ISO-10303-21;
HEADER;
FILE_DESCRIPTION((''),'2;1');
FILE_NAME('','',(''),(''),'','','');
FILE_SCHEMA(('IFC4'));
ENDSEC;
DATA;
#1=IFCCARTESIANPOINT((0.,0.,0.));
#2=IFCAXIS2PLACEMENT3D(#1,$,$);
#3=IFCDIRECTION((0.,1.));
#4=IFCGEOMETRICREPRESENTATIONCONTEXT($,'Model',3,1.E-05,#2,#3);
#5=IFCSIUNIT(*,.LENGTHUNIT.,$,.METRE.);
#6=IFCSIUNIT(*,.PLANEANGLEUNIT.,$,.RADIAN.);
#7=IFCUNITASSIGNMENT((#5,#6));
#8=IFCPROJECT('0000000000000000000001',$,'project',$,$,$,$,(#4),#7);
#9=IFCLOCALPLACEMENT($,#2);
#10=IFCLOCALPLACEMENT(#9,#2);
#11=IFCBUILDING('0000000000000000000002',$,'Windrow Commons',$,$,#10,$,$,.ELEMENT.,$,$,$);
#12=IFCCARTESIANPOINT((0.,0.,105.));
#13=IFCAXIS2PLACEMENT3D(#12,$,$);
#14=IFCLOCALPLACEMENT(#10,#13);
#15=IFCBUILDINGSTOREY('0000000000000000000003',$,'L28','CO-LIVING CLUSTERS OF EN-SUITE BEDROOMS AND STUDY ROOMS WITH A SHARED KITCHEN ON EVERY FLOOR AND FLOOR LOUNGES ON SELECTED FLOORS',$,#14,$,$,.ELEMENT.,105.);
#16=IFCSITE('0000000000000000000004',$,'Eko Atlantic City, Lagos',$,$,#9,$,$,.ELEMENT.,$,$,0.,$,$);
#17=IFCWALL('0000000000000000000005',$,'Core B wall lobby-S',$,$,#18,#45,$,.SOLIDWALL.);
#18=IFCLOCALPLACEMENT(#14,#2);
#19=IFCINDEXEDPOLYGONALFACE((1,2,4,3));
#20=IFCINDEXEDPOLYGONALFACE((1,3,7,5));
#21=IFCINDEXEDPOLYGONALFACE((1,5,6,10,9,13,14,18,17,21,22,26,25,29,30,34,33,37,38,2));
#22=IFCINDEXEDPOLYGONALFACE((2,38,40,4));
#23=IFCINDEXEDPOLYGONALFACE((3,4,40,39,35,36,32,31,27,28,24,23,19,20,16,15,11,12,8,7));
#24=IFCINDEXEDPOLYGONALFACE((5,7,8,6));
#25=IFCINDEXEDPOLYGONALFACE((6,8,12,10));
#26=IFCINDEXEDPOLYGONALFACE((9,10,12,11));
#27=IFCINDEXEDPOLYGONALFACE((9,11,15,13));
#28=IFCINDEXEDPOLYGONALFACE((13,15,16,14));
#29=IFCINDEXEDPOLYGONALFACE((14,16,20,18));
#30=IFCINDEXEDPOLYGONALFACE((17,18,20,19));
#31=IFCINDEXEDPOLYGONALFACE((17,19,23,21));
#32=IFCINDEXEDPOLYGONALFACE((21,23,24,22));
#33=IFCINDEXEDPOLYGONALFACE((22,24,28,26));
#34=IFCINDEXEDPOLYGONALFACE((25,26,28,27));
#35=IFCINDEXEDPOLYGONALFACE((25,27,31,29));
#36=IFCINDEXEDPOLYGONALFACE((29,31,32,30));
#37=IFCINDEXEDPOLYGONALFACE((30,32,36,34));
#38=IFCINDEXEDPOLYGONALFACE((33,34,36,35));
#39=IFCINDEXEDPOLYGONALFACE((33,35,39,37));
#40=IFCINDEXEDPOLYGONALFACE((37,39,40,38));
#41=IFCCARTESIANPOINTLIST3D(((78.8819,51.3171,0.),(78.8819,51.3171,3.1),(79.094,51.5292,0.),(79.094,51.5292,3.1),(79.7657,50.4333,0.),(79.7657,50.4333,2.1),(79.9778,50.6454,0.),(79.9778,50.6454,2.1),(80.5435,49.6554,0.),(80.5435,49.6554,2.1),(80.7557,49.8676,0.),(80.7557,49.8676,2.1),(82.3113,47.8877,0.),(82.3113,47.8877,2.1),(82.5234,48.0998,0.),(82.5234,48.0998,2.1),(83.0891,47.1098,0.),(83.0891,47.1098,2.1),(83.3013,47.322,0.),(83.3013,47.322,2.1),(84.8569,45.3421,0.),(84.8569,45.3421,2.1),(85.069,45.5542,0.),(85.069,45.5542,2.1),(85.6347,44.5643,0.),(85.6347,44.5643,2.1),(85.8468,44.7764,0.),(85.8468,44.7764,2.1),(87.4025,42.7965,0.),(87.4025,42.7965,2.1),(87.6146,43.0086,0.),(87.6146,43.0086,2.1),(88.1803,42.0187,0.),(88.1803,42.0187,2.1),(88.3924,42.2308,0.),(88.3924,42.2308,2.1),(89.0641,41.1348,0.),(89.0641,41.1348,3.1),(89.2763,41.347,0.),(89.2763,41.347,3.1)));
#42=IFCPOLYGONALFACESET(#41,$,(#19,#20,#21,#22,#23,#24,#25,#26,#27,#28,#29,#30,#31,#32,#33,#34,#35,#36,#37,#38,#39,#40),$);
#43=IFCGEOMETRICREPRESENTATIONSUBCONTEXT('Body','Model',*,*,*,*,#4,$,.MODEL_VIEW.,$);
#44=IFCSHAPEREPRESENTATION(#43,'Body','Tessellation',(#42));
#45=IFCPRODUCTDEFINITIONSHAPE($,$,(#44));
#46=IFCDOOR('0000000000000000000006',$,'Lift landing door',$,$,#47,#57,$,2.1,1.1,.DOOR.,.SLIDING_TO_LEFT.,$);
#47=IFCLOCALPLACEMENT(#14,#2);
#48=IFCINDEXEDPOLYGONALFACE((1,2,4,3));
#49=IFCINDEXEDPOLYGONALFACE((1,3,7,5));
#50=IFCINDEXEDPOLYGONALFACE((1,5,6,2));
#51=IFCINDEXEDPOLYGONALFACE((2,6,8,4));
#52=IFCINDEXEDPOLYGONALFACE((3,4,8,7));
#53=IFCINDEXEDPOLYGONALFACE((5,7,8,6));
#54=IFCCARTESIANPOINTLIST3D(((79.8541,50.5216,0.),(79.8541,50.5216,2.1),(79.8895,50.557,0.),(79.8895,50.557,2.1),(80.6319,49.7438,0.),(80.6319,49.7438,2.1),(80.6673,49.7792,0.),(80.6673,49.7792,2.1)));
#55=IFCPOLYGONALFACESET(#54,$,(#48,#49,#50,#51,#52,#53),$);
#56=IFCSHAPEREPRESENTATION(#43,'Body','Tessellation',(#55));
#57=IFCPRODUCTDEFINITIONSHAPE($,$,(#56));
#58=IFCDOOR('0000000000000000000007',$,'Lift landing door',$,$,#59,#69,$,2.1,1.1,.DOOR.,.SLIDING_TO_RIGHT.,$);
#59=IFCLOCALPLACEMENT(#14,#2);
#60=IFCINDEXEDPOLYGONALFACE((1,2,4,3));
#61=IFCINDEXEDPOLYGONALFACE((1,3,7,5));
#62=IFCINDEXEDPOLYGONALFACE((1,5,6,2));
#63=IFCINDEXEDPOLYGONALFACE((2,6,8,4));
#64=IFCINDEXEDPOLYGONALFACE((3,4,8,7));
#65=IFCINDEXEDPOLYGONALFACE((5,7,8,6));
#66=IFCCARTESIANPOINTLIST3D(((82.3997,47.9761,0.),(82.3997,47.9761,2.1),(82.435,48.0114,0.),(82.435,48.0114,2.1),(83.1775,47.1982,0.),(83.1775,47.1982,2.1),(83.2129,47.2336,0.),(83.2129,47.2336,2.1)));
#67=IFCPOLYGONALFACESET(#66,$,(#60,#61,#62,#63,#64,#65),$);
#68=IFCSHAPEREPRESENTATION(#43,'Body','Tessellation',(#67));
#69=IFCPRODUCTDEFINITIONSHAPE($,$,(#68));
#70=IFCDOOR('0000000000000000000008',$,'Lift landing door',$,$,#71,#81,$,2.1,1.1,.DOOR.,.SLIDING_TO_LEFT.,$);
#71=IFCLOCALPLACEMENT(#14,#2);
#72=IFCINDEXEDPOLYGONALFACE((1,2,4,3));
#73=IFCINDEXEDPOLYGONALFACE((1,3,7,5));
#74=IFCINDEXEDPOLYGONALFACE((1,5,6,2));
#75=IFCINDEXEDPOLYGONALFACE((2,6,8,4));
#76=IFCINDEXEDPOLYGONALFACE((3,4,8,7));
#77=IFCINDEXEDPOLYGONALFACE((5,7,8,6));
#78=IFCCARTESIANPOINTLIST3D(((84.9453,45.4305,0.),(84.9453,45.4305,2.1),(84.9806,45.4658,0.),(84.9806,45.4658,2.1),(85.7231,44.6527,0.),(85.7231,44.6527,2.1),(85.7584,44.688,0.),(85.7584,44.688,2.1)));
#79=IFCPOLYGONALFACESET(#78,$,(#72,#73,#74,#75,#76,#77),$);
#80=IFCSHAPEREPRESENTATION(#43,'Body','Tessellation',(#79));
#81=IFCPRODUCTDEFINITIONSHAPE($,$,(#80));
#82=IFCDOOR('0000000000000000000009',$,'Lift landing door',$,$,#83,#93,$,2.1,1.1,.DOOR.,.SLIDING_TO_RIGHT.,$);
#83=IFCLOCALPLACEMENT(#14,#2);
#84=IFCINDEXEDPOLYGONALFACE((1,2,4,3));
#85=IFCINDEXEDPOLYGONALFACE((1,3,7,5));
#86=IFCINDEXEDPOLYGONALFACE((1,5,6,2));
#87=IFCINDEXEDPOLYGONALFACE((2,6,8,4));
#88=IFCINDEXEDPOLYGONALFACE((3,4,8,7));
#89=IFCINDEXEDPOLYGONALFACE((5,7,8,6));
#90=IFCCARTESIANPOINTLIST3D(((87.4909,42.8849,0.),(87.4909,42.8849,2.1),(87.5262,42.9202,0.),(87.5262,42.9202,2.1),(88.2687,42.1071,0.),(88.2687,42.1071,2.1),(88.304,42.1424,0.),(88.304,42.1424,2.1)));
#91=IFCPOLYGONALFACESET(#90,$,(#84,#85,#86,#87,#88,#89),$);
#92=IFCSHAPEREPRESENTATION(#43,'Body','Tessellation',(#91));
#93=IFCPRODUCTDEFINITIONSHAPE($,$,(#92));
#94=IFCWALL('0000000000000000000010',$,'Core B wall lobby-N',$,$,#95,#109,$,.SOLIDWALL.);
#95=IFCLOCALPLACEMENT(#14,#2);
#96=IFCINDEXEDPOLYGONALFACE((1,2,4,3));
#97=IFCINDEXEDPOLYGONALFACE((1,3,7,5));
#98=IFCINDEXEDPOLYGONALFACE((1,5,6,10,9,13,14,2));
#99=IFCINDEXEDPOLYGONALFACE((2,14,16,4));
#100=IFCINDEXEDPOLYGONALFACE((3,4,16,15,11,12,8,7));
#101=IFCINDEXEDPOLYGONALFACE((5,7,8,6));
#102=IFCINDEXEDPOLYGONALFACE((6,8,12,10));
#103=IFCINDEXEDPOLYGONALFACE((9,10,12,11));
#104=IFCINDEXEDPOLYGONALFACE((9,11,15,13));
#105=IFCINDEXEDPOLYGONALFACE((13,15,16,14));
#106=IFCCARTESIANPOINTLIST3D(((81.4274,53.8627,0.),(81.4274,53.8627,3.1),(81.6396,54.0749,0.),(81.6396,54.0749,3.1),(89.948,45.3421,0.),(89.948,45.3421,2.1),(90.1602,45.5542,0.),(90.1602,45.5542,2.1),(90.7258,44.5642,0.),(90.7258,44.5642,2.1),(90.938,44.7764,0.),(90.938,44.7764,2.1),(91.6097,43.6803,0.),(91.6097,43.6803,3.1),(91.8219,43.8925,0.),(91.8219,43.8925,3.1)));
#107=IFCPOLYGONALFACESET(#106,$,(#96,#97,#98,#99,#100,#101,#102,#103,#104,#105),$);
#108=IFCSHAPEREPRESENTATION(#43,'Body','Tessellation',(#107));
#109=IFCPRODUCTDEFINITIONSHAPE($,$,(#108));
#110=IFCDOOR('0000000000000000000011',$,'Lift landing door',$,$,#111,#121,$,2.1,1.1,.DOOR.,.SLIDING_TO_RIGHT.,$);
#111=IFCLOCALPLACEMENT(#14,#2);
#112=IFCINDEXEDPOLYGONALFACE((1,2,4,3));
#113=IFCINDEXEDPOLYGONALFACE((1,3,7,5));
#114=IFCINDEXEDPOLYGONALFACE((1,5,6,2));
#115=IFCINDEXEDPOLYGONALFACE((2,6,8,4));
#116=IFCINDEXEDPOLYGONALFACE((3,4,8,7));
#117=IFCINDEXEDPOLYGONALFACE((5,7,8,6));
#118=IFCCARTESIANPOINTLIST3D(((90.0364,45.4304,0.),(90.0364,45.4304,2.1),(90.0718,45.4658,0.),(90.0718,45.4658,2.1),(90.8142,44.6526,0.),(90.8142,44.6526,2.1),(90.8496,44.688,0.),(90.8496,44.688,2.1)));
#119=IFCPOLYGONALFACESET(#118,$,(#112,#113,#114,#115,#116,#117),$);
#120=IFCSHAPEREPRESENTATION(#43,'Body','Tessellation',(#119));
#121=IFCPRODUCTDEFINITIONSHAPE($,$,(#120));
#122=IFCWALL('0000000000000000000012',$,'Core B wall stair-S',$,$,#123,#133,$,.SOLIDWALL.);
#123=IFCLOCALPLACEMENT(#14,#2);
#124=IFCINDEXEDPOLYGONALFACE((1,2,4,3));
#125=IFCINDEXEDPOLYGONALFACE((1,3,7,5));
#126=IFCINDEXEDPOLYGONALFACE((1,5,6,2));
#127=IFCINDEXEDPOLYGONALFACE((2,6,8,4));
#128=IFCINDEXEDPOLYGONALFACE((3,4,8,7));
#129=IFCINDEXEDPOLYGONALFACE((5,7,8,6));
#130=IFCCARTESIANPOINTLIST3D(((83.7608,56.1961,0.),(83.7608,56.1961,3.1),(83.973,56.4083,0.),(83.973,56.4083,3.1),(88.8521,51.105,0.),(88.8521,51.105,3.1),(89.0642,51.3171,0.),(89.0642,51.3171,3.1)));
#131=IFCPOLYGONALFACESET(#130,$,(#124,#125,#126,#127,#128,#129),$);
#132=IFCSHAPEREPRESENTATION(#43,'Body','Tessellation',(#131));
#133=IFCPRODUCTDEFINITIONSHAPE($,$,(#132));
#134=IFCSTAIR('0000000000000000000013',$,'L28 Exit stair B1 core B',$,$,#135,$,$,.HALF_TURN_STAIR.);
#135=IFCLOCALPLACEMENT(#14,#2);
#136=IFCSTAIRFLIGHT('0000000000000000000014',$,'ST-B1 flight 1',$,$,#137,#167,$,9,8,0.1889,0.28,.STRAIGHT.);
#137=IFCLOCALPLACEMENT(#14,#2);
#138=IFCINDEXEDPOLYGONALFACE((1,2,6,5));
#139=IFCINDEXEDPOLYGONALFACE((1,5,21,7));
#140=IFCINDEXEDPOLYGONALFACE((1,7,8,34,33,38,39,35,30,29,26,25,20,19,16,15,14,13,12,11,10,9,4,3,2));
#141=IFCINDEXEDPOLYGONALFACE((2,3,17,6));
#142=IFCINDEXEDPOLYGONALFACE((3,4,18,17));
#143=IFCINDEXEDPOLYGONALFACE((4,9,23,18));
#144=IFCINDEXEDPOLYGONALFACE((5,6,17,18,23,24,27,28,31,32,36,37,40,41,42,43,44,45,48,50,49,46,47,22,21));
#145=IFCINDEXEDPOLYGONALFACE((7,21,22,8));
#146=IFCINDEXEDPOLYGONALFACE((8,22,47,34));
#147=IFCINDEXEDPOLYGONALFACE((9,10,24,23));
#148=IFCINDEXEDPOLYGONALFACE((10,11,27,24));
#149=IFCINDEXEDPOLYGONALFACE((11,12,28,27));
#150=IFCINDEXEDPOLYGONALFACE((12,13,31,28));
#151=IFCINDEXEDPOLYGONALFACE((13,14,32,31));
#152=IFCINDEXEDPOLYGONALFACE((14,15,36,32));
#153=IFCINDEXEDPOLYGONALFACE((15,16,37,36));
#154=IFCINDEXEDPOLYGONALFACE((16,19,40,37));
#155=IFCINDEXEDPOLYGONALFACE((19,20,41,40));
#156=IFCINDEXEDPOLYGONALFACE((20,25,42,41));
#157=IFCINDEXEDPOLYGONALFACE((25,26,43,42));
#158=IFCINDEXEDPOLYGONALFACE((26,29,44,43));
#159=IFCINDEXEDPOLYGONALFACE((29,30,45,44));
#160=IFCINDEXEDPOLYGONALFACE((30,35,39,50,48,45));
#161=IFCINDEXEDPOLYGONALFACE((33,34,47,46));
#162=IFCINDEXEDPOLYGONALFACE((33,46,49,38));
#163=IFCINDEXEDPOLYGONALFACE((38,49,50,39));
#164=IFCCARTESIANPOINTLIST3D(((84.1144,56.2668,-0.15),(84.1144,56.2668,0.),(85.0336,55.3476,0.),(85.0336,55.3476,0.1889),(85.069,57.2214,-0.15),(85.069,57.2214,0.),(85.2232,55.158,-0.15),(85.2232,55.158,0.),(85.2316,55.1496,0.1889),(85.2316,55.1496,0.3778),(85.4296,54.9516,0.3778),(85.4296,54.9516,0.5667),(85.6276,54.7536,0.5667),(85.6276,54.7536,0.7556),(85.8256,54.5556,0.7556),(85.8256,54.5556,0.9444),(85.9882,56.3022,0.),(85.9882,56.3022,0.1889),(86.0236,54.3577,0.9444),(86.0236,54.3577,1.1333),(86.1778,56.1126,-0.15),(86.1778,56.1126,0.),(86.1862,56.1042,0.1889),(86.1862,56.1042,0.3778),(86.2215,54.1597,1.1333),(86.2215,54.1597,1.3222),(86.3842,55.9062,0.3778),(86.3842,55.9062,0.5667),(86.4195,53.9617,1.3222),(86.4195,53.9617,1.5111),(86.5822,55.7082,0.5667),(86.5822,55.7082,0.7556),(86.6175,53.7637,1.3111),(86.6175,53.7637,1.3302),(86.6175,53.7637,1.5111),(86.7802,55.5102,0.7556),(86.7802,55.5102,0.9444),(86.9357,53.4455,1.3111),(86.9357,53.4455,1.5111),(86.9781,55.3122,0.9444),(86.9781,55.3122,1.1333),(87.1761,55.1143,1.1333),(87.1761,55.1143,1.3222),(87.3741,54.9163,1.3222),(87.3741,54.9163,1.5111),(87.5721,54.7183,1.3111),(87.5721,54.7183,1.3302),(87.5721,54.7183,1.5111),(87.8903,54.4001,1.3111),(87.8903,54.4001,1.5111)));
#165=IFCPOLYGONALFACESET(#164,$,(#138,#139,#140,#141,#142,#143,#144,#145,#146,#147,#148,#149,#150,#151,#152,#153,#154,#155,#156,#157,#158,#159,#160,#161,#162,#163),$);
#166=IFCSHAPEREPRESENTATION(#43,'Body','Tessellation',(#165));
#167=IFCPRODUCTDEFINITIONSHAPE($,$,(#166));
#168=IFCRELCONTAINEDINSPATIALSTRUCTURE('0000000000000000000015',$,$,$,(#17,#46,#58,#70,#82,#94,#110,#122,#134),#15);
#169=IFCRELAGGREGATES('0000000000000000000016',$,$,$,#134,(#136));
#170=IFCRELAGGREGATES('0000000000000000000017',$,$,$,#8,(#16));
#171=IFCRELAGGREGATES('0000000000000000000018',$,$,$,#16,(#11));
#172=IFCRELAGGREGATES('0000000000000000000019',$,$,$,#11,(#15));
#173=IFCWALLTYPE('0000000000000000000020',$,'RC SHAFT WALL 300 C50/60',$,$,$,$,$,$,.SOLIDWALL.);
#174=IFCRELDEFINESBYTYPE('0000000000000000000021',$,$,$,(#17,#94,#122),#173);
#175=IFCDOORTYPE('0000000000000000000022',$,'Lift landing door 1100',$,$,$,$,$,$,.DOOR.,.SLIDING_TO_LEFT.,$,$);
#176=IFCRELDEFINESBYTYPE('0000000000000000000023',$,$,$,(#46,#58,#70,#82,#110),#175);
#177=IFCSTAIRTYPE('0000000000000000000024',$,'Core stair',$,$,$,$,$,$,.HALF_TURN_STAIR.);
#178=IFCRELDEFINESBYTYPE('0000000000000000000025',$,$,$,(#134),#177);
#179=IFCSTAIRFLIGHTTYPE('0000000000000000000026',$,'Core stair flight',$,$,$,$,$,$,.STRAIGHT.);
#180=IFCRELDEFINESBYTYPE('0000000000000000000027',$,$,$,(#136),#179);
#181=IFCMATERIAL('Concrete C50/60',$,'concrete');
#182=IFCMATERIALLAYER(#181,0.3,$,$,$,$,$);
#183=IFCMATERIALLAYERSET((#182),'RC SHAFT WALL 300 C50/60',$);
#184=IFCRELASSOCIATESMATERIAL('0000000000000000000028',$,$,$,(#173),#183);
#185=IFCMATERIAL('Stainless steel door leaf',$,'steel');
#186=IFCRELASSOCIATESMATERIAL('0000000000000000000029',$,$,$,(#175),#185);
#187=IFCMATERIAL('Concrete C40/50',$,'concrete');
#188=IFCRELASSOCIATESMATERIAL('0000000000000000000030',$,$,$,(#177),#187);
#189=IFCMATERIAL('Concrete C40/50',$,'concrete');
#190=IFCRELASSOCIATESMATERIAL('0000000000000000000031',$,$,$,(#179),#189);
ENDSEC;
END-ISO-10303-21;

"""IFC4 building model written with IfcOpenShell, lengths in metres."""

from ifc_helpers import new_model, si_unit, direction, frame, frame_2d, origin, place, context, subcontext, project, spatial, polyline, rectangle, outline, extrude, material, layer, layer_set, type_object, element, fill, aggregate, save


model = new_model("IFC4")

# Units and contexts
model_context = context("Model", 3, precision=1e-05, world=origin(), true_north=direction((0.0, 1.0)))
body_context = subcontext(model_context, "Body", "Model", "MODEL_VIEW")
ifc_project = project(units=[si_unit("LENGTHUNIT", "METRE"), si_unit("PLANEANGLEUNIT", "RADIAN")], contexts=[model_context])

# Site, building, storey
site_placement = place(None, origin())
site = spatial("IfcSite", under=ifc_project, at=site_placement, Name="Eko Atlantic City, Lagos", CompositionType="ELEMENT", RefElevation=0.0)
building_placement = place(site_placement, origin())
building = spatial("IfcBuilding", under=site, at=building_placement, Name="Windrow Commons", CompositionType="ELEMENT")
storey_placement = place(building_placement, frame((0.0, 0.0, 105.0)))
storey = spatial("IfcBuildingStorey", under=building, at=storey_placement, Name="L28", Description="CO-LIVING CLUSTERS OF EN-SUITE BEDROOMS AND STUDY ROOMS WITH A SHARED KITCHEN ON EVERY FLOOR AND FLOOR LOUNGES ON SELECTED FLOORS", CompositionType="ELEMENT", Elevation=105.0)

# Shared definitions
ifc_material_1 = material(Name="Concrete C50/60", Category="concrete")
ifc_layer_1 = layer(ifc_material_1, 0.3)
ifc_layer_set_1 = layer_set([ifc_layer_1], Name="RC SHAFT WALL 300 C50/60")
wall_type_1 = type_object("IfcWallType", Name="RC SHAFT WALL 300 C50/60", PredefinedType="SOLIDWALL", material=ifc_layer_set_1)

# Wall, openings, doors
wall_1_placement = place(storey_placement, frame((78.9879, 51.4232, 0.0), z_axis=(0.0, 0.0, 1.0), x_axis=(0.707107, -0.707107, 0.0)))
wall_1 = element("IfcWall", 1, at=wall_1_placement, inside=storey, type_object=wall_type_1, Name="Core B wall lobby-S", PredefinedType="SOLIDWALL", context=body_context, shape_type="SweptSolid", body=[
    extrude(rectangle(XDim=14.3999, YDim=0.3, at=frame_2d((7.2, 0.0))), origin(), (0.0, 0.0, 1.0), 3.1),
])
opening_1_placement = place(wall_1_placement, frame((1.25, 0.0, 0.0)))
opening_1 = element("IfcOpeningElement", 2, at=opening_1_placement, cuts=wall_1, PredefinedType="OPENING", context=body_context, shape_type="SweptSolid", body=[
    extrude(rectangle(XDim=1.1, YDim=2.1, at=frame_2d((0.55, 1.05))), frame((0.0, 0.16, 0.0), z_axis=(0.0, -1.0, 0.0), x_axis=(1.0, 0.0, 0.0)), (0.0, 0.0, 1.0), 0.32),
])
opening_2_placement = place(wall_1_placement, frame((4.85, 0.0, 0.0)))
opening_2 = element("IfcOpeningElement", 3, at=opening_2_placement, cuts=wall_1, PredefinedType="OPENING", context=body_context, shape_type="SweptSolid", body=[
    extrude(rectangle(XDim=1.1, YDim=2.1, at=frame_2d((0.55, 1.05))), frame((0.0, 0.16, 0.0), z_axis=(0.0, -1.0, 0.0), x_axis=(1.0, 0.0, 0.0)), (0.0, 0.0, 1.0), 0.32),
])
opening_3_placement = place(wall_1_placement, frame((8.45, 0.0, 0.0)))
opening_3 = element("IfcOpeningElement", 4, at=opening_3_placement, cuts=wall_1, PredefinedType="OPENING", context=body_context, shape_type="SweptSolid", body=[
    extrude(rectangle(XDim=1.1, YDim=2.1, at=frame_2d((0.55, 1.05))), frame((0.0, 0.16, 0.0), z_axis=(0.0, -1.0, 0.0), x_axis=(1.0, 0.0, 0.0)), (0.0, 0.0, 1.0), 0.32),
])
opening_4_placement = place(wall_1_placement, frame((12.05, 0.0, 0.0)))
opening_4 = element("IfcOpeningElement", 5, at=opening_4_placement, cuts=wall_1, PredefinedType="OPENING", context=body_context, shape_type="SweptSolid", body=[
    extrude(rectangle(XDim=1.1, YDim=2.1, at=frame_2d((0.55, 1.05))), frame((0.0, 0.16, 0.0), z_axis=(0.0, -1.0, 0.0), x_axis=(1.0, 0.0, 0.0)), (0.0, 0.0, 1.0), 0.32),
])
ifc_material_2 = material(Name="Stainless steel door leaf", Category="steel")
door_type_1 = type_object("IfcDoorType", Name="Lift landing door 1100", OperationType="SLIDING_TO_LEFT", PredefinedType="DOOR", material=ifc_material_2)
door_1_placement = place(opening_1_placement, origin())
door_1 = element("IfcDoor", 6, at=door_1_placement, inside=storey, type_object=door_type_1, Name="Lift landing door", OperationType="SLIDING_TO_LEFT", OverallHeight=2.1, OverallWidth=1.1, PredefinedType="DOOR", context=body_context, shape_type="SweptSolid", body=[
    extrude(rectangle(XDim=1.1, YDim=2.1, at=frame_2d((0.55, 1.05))), frame((0.0, 0.025, 0.0), z_axis=(0.0, -1.0, 0.0), x_axis=(1.0, 0.0, 0.0)), (0.0, 0.0, 1.0), 0.05),
])
fill(opening_1, door_1)
door_2_placement = place(opening_2_placement, origin())
door_2 = element("IfcDoor", 7, at=door_2_placement, inside=storey, type_object=door_type_1, Name="Lift landing door", OperationType="SLIDING_TO_RIGHT", OverallHeight=2.1, OverallWidth=1.1, PredefinedType="DOOR", context=body_context, shape_type="SweptSolid", body=[
    extrude(rectangle(XDim=1.1, YDim=2.1, at=frame_2d((0.55, 1.05))), frame((0.0, 0.025, 0.0), z_axis=(0.0, -1.0, 0.0), x_axis=(1.0, 0.0, 0.0)), (0.0, 0.0, 1.0), 0.05),
])
fill(opening_2, door_2)
door_3_placement = place(opening_3_placement, origin())
door_3 = element("IfcDoor", 8, at=door_3_placement, inside=storey, type_object=door_type_1, Name="Lift landing door", OperationType="SLIDING_TO_LEFT", OverallHeight=2.1, OverallWidth=1.1, PredefinedType="DOOR", context=body_context, shape_type="SweptSolid", body=[
    extrude(rectangle(XDim=1.1, YDim=2.1, at=frame_2d((0.55, 1.05))), frame((0.0, 0.025, 0.0), z_axis=(0.0, -1.0, 0.0), x_axis=(1.0, 0.0, 0.0)), (0.0, 0.0, 1.0), 0.05),
])
fill(opening_3, door_3)
door_4_placement = place(opening_4_placement, origin())
door_4 = element("IfcDoor", 9, at=door_4_placement, inside=storey, type_object=door_type_1, Name="Lift landing door", OperationType="SLIDING_TO_RIGHT", OverallHeight=2.1, OverallWidth=1.1, PredefinedType="DOOR", context=body_context, shape_type="SweptSolid", body=[
    extrude(rectangle(XDim=1.1, YDim=2.1, at=frame_2d((0.55, 1.05))), frame((0.0, 0.025, 0.0), z_axis=(0.0, -1.0, 0.0), x_axis=(1.0, 0.0, 0.0)), (0.0, 0.0, 1.0), 0.05),
])
fill(opening_4, door_4)

# Wall, opening, door
wall_2_placement = place(storey_placement, frame((81.5335, 53.9688, 0.0), z_axis=(0.0, 0.0, 1.0), x_axis=(0.707103, -0.70711, 0.0)))
wall_2 = element("IfcWall", 10, at=wall_2_placement, inside=storey, type_object=wall_type_1, Name="Core B wall lobby-N", PredefinedType="SOLIDWALL", context=body_context, shape_type="SweptSolid", body=[
    extrude(rectangle(XDim=14.4, YDim=0.3, at=frame_2d((7.2, 0.0))), origin(), (0.0, 0.0, 1.0), 3.1),
])
opening_5_placement = place(wall_2_placement, frame((12.05, 0.0, 0.0)))
opening_5 = element("IfcOpeningElement", 11, at=opening_5_placement, cuts=wall_2, PredefinedType="OPENING", context=body_context, shape_type="SweptSolid", body=[
    extrude(rectangle(XDim=1.1, YDim=2.1, at=frame_2d((0.55, 1.05))), frame((0.0, 0.16, 0.0), z_axis=(0.0, -1.0, 0.0), x_axis=(1.0, 0.0, 0.0)), (0.0, 0.0, 1.0), 0.32),
])
door_5_placement = place(opening_5_placement, origin())
door_5 = element("IfcDoor", 12, at=door_5_placement, inside=storey, type_object=door_type_1, Name="Lift landing door", OperationType="SLIDING_TO_RIGHT", OverallHeight=2.1, OverallWidth=1.1, PredefinedType="DOOR", context=body_context, shape_type="SweptSolid", body=[
    extrude(rectangle(XDim=1.1, YDim=2.1, at=frame_2d((0.55, 1.05))), frame((0.0, 0.025, 0.0), z_axis=(0.0, -1.0, 0.0), x_axis=(1.0, 0.0, 0.0)), (0.0, 0.0, 1.0), 0.05),
])
fill(opening_5, door_5)

# Wall
wall_3_placement = place(storey_placement, frame((83.8669, 56.3022, 0.0), z_axis=(0.0, 0.0, 1.0), x_axis=(0.707114, -0.7071, 0.0)))
element("IfcWall", 13, at=wall_3_placement, inside=storey, type_object=wall_type_1, Name="Core B wall stair-S", PredefinedType="SOLIDWALL", context=body_context, shape_type="SweptSolid", body=[
    extrude(rectangle(XDim=7.2, YDim=0.3, at=frame_2d((3.6, 0.0))), origin(), (0.0, 0.0, 1.0), 3.1),
])

# Stair, stair flight
ifc_material_3 = material(Name="Concrete C40/50", Category="concrete")
stair_type = type_object("IfcStairType", Name="Core stair", PredefinedType="HALF_TURN_STAIR", material=ifc_material_3)
stair_placement = place(storey_placement, origin())
stair = element("IfcStair", 14, at=stair_placement, inside=storey, type_object=stair_type, Name="L28 Exit stair B1 core B", PredefinedType="HALF_TURN_STAIR")
ifc_material_4 = material(Name="Concrete C40/50", Category="concrete")
stair_flight_type = type_object("IfcStairFlightType", Name="Core stair flight", PredefinedType="STRAIGHT", material=ifc_material_4)
stair_flight_placement = place(storey_placement, frame((85.5109, 55.8249, 0.0), z_axis=(0.0, 0.0, 1.0), x_axis=(0.707107, -0.707107, 0.0)))
stair_flight = element("IfcStairFlight", 15, at=stair_flight_placement, type_object=stair_flight_type, Name="ST-B1 flight 1", NumberOfRisers=9, NumberOfTreads=8, PredefinedType="STRAIGHT", RiserHeight=0.1889, TreadLength=0.28, context=body_context, shape_type="SweptSolid", body=[
    extrude(outline(polyline([(-1.3, -0.15), (-1.3, 0.0), (0.0, 0.0), (0.0, 0.1889), (0.28, 0.1889), (0.28, 0.3778), (0.56, 0.3778), (0.56, 0.5667), (0.84, 0.5667), (0.84, 0.7556), (1.12, 0.7556), (1.12, 0.9444), (1.4, 0.9444), (1.4, 1.1333), (1.68, 1.1333), (1.68, 1.3222), (1.96, 1.3222), (1.96, 1.5111), (2.24, 1.5111), (2.69, 1.5111), (2.69, 1.3111), (2.24, 1.3111), (2.24, 1.3302), (0.2682, 0.0), (0.2682, -0.15), (-1.3, -0.15)])), frame((0.0, 0.675, 0.0), z_axis=(0.0, -1.0, 0.0), x_axis=(1.0, 0.0, 0.0)), (0.0, 0.0, 1.0), 1.35),
])
aggregate(stair, [stair_flight])

save(model, "model.ifc")
